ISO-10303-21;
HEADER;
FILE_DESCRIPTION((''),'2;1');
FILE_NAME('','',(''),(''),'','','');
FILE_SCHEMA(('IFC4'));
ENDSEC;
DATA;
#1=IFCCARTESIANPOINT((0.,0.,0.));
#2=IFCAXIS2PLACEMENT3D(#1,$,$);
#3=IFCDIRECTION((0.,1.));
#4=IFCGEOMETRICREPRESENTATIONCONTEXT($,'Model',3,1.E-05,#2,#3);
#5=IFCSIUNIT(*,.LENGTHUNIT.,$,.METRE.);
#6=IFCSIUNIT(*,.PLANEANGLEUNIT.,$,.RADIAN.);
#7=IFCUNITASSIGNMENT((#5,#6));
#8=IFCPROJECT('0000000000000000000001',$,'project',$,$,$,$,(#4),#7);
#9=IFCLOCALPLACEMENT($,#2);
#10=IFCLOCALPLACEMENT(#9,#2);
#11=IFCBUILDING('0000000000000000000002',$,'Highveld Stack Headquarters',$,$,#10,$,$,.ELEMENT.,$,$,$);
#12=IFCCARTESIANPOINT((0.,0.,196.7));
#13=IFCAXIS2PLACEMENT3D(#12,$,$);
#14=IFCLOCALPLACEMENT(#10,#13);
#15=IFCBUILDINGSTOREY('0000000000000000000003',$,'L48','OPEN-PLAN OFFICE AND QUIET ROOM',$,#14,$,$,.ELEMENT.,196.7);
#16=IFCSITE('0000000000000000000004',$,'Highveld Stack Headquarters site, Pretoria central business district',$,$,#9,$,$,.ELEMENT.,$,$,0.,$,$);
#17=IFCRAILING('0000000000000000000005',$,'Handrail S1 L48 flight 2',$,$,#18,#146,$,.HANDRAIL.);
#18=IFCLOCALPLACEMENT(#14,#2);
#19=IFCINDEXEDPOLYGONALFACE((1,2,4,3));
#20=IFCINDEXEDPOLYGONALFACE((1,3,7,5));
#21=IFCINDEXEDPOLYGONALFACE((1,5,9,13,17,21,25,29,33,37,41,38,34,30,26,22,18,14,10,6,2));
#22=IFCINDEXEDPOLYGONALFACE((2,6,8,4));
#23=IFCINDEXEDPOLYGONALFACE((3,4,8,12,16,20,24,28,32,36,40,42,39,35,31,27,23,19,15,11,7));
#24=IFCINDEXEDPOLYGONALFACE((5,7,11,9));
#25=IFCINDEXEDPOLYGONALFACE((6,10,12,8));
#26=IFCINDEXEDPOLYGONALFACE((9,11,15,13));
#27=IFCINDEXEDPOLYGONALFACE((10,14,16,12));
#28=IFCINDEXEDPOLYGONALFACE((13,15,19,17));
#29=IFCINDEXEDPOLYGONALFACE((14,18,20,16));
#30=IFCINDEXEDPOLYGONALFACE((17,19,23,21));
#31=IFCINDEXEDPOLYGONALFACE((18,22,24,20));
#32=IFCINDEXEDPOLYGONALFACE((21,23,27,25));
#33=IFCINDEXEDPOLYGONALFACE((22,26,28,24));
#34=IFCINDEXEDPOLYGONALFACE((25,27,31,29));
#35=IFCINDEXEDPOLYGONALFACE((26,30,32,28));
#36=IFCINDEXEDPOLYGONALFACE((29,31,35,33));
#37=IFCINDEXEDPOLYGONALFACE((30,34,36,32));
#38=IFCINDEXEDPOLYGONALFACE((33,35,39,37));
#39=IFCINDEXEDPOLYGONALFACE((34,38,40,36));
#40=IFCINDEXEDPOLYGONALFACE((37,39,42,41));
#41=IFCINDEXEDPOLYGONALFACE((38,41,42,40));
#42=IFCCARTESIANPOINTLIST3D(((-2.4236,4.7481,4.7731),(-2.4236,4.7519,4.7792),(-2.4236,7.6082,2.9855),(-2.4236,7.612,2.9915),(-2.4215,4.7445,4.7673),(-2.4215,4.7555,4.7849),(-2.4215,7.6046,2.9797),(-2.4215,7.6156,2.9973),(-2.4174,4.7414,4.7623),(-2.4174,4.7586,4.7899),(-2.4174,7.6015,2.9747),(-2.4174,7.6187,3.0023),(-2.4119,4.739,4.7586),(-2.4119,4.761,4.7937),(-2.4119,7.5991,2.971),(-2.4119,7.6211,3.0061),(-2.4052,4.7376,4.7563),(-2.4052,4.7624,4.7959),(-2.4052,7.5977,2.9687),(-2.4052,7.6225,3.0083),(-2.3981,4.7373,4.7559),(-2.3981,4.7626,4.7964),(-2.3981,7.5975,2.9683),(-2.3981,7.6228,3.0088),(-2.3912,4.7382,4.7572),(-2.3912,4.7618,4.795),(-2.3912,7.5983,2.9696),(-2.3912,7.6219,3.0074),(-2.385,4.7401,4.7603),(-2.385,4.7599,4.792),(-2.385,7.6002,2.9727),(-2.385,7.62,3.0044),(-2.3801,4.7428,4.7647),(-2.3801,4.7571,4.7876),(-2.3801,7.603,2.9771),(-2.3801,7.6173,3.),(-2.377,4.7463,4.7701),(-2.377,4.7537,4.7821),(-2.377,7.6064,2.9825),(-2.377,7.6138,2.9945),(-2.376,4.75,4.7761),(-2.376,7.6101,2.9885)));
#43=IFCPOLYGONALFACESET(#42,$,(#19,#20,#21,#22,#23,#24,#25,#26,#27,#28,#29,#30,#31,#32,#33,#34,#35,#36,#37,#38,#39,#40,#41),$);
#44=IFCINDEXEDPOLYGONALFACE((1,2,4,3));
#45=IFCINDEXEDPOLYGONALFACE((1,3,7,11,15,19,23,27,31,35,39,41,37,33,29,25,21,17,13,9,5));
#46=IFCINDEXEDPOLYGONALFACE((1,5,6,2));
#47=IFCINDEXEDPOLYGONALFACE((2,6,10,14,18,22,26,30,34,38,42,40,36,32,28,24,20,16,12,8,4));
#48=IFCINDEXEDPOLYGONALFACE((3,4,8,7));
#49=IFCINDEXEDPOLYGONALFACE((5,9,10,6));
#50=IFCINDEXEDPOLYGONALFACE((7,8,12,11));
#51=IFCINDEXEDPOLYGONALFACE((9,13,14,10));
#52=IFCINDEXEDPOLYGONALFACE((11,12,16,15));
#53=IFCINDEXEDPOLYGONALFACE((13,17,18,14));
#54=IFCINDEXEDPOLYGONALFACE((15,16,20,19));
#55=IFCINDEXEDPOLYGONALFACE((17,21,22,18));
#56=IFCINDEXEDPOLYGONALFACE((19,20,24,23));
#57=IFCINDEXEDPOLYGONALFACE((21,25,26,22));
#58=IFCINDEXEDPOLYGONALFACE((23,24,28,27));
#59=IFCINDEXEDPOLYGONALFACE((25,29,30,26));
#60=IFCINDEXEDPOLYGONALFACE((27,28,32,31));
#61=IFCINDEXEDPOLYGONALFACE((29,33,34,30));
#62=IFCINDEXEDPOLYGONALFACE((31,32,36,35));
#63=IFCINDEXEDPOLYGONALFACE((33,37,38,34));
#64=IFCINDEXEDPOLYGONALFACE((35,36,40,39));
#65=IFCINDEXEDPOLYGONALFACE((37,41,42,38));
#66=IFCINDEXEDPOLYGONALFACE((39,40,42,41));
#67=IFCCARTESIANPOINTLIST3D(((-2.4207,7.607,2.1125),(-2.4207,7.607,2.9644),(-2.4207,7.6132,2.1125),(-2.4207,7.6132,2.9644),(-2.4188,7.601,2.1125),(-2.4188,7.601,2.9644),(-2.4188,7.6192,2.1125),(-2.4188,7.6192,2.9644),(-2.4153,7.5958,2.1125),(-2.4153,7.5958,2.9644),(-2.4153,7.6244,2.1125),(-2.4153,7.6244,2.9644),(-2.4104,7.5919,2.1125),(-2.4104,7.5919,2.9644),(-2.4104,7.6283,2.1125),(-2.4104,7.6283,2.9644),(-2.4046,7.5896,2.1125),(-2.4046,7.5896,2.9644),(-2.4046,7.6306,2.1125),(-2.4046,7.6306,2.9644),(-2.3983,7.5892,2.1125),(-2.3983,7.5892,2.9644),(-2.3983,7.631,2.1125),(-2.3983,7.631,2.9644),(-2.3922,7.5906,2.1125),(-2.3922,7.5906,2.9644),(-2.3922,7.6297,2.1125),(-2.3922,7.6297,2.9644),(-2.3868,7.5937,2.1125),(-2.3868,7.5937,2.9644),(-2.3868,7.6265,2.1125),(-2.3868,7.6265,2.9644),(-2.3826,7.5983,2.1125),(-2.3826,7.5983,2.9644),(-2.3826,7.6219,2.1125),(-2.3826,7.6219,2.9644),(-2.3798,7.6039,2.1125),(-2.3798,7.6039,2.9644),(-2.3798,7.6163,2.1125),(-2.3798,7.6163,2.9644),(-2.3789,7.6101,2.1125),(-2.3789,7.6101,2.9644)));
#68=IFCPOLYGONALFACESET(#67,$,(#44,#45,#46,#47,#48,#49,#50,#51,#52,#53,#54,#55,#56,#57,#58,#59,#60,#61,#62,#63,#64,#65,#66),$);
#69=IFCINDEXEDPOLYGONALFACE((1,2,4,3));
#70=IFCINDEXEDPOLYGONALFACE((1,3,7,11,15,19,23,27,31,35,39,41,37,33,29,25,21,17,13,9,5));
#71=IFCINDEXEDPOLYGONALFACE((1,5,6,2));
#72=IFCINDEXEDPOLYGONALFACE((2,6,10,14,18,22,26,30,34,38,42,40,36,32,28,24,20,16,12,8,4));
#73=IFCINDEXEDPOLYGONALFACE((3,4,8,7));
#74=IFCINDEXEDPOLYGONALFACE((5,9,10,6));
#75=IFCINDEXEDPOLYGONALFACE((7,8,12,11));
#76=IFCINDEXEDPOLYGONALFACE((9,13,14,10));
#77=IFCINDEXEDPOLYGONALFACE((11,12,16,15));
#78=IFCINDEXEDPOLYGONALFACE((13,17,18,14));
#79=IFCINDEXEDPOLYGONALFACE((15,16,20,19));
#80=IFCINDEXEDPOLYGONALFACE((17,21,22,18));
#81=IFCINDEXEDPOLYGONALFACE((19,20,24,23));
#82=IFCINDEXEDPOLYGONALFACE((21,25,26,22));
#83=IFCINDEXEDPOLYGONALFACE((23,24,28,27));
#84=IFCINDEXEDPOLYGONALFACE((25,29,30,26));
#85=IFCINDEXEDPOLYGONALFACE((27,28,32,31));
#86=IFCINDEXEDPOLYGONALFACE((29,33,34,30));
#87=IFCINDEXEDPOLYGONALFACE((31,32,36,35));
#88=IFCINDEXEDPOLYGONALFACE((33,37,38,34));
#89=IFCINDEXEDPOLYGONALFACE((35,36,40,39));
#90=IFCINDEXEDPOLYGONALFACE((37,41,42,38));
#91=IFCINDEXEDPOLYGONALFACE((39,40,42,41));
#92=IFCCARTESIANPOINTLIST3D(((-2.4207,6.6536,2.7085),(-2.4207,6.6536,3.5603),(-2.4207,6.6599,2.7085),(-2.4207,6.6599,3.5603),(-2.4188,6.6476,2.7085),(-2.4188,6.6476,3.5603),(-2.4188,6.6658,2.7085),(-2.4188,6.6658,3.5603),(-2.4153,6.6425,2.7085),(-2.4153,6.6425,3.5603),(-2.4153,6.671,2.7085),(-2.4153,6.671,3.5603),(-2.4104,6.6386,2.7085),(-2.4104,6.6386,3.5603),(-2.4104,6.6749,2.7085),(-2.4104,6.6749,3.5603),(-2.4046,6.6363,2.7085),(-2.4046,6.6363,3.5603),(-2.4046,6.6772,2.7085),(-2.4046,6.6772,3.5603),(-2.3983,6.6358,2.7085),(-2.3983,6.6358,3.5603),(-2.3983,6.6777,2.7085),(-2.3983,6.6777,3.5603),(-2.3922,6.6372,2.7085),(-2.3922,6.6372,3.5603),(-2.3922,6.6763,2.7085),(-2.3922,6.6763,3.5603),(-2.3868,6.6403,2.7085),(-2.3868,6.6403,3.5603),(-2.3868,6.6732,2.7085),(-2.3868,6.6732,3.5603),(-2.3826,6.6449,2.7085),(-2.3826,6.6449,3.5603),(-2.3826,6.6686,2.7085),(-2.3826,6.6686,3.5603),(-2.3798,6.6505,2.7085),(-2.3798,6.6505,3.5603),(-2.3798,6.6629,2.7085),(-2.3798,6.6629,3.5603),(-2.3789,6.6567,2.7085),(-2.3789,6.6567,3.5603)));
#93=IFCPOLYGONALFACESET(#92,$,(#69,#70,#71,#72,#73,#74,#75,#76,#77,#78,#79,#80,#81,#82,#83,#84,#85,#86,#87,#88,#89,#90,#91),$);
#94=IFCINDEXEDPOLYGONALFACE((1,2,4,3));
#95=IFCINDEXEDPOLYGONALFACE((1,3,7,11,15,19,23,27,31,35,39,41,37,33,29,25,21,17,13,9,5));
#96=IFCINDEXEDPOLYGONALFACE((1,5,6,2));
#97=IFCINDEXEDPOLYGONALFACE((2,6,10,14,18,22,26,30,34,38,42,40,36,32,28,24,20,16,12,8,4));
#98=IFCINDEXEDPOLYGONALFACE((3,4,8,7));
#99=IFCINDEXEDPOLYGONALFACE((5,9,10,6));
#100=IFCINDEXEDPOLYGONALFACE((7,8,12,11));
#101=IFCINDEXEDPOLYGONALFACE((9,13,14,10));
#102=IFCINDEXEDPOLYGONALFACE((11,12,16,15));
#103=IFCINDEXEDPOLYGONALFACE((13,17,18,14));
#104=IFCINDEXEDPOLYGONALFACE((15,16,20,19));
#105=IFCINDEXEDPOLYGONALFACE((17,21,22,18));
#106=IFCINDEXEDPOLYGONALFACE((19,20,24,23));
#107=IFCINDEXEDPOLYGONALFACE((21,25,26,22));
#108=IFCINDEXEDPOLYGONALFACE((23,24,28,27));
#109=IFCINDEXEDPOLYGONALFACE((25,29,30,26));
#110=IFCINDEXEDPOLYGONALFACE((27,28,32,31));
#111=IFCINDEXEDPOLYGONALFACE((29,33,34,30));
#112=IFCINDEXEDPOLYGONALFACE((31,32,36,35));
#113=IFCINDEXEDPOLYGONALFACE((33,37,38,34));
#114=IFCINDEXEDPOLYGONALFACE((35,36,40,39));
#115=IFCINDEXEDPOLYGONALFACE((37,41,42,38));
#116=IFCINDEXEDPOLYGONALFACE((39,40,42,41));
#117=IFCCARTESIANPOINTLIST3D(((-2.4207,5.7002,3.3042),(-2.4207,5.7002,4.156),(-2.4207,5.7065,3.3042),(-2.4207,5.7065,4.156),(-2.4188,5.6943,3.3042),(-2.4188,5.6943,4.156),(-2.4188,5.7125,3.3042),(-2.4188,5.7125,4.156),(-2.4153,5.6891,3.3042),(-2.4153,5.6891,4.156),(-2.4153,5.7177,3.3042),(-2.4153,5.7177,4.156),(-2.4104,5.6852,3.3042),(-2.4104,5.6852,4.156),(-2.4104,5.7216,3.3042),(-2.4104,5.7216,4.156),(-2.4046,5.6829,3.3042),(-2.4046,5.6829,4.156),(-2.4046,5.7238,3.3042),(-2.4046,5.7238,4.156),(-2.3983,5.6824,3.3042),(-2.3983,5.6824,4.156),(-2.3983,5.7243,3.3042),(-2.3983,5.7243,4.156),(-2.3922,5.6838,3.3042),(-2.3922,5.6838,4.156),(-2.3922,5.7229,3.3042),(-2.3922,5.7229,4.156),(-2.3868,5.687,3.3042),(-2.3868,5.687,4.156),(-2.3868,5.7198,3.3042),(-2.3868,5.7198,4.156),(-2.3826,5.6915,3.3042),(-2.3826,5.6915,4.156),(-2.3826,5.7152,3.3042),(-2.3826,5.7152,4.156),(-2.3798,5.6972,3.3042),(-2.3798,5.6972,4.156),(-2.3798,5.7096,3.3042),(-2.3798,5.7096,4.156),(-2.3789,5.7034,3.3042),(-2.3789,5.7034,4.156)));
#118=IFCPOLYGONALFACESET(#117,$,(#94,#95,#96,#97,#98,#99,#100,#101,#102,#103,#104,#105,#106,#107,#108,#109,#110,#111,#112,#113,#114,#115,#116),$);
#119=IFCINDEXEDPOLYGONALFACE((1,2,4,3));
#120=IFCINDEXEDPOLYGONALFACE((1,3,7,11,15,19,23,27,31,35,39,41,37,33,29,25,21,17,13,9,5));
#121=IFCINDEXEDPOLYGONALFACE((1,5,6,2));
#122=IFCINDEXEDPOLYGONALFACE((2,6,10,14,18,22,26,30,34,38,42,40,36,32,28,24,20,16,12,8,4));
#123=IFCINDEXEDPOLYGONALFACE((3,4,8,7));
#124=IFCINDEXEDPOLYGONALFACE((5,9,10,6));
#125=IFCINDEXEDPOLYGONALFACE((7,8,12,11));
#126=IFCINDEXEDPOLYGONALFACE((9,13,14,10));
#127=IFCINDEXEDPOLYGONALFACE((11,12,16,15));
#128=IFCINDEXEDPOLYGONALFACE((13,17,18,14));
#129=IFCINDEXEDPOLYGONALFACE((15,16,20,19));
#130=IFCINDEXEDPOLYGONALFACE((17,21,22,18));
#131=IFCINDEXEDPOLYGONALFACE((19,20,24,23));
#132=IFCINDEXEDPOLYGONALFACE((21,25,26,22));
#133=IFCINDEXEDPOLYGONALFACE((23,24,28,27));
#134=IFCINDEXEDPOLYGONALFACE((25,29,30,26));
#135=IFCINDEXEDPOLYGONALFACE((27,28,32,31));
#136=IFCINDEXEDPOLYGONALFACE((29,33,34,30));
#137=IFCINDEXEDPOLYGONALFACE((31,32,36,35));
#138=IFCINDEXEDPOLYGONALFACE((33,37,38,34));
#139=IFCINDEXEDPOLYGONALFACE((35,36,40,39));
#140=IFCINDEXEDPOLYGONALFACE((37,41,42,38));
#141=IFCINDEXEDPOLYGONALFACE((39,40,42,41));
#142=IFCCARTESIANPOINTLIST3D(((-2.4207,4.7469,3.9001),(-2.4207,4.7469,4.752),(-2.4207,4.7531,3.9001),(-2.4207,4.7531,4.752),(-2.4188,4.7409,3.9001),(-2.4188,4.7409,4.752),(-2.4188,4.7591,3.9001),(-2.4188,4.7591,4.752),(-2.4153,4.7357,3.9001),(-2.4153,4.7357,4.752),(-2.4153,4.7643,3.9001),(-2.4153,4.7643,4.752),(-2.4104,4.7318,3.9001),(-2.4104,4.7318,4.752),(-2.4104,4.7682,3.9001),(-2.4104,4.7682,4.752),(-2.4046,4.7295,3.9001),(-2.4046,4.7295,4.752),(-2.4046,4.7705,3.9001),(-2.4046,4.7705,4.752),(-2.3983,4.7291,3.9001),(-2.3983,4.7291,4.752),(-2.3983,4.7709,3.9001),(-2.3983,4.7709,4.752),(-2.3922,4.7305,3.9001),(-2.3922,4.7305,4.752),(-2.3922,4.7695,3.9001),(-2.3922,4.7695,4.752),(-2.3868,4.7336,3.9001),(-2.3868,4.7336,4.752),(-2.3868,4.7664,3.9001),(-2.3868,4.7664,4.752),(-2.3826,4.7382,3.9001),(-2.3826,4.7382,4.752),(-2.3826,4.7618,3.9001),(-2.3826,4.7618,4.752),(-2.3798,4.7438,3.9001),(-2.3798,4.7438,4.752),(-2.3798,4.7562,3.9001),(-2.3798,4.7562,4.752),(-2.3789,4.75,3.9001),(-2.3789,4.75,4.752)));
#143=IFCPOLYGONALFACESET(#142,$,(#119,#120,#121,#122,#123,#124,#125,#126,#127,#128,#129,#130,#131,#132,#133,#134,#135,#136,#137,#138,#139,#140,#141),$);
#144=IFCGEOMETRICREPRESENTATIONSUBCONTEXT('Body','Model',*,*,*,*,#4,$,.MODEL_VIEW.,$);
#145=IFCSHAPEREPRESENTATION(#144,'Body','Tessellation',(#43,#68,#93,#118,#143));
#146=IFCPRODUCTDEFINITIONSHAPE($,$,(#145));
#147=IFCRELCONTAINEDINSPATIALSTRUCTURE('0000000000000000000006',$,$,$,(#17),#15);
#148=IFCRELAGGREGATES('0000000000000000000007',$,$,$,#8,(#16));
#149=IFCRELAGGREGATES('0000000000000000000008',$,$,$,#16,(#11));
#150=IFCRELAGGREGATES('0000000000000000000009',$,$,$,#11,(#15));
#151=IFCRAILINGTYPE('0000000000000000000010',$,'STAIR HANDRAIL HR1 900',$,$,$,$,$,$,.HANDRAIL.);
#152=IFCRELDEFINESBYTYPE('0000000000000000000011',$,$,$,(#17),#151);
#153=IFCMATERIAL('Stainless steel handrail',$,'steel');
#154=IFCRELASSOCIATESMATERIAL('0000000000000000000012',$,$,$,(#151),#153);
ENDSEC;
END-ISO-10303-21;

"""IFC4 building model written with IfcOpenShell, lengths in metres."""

from ifc_helpers import new_model, si_unit, direction, frame, origin, origin_2d, place, context, subcontext, project, spatial, circle, extrude, material, type_object, element, save


model = new_model("IFC4")

# Units and contexts
model_context = context("Model", 3, precision=1e-05, world=origin(), true_north=direction((0.0, 1.0)))
body_context = subcontext(model_context, "Body", "Model", "MODEL_VIEW")
ifc_project = project(units=[si_unit("LENGTHUNIT", "METRE"), si_unit("PLANEANGLEUNIT", "RADIAN")], contexts=[model_context])

# Site, building, storey
site_placement = place(None, origin())
site = spatial("IfcSite", under=ifc_project, at=site_placement, Name="Highveld Stack Headquarters site, Pretoria central business district", CompositionType="ELEMENT", RefElevation=0.0)
building_placement = place(site_placement, origin())
building = spatial("IfcBuilding", under=site, at=building_placement, Name="Highveld Stack Headquarters", CompositionType="ELEMENT")
storey_placement = place(building_placement, frame((0.0, 0.0, 196.7)))
storey = spatial("IfcBuildingStorey", under=building, at=storey_placement, Name="L48", Description="OPEN-PLAN OFFICE AND QUIET ROOM", CompositionType="ELEMENT", Elevation=196.7)

# Railing
ifc_material_1 = material(Name="Stainless steel handrail", Category="steel")
railing_type = type_object("IfcRailingType", Name="STAIR HANDRAIL HR1 900", PredefinedType="HANDRAIL", material=ifc_material_1)
for number, where, name in (
    (1, (-2.3999, 7.6101, 2.1125), "Handrail S1 L48 flight 2"),
):
    element("IfcRailing", number, at=place(storey_placement, frame(where)), inside=storey, type_object=railing_type, Name=name, PredefinedType="HANDRAIL", context=body_context, shape_type="SweptSolid", body=[
        extrude(circle(Radius=0.0239, at=origin_2d()), frame((0.0, 0.0, 0.876), z_axis=(0.0, -0.847994, 0.530005), x_axis=(1.0, 0.0, 0.0)), (0.0, 0.0, 1.0), 3.3728),
        extrude(circle(Radius=0.021, at=origin_2d()), origin(), (0.0, 0.0, 1.0), 0.8518),
        extrude(circle(Radius=0.021, at=origin_2d()), frame((0.0, -0.9534, 0.5959)), (0.0, 0.0, 1.0), 0.8518),
        extrude(circle(Radius=0.021, at=origin_2d()), frame((0.0, -1.9067, 1.1917)), (0.0, 0.0, 1.0), 0.8518),
        extrude(circle(Radius=0.021, at=origin_2d()), frame((0.0, -2.8601, 1.7876)), (0.0, 0.0, 1.0), 0.8518),
    ])

save(model, "model.ifc")
